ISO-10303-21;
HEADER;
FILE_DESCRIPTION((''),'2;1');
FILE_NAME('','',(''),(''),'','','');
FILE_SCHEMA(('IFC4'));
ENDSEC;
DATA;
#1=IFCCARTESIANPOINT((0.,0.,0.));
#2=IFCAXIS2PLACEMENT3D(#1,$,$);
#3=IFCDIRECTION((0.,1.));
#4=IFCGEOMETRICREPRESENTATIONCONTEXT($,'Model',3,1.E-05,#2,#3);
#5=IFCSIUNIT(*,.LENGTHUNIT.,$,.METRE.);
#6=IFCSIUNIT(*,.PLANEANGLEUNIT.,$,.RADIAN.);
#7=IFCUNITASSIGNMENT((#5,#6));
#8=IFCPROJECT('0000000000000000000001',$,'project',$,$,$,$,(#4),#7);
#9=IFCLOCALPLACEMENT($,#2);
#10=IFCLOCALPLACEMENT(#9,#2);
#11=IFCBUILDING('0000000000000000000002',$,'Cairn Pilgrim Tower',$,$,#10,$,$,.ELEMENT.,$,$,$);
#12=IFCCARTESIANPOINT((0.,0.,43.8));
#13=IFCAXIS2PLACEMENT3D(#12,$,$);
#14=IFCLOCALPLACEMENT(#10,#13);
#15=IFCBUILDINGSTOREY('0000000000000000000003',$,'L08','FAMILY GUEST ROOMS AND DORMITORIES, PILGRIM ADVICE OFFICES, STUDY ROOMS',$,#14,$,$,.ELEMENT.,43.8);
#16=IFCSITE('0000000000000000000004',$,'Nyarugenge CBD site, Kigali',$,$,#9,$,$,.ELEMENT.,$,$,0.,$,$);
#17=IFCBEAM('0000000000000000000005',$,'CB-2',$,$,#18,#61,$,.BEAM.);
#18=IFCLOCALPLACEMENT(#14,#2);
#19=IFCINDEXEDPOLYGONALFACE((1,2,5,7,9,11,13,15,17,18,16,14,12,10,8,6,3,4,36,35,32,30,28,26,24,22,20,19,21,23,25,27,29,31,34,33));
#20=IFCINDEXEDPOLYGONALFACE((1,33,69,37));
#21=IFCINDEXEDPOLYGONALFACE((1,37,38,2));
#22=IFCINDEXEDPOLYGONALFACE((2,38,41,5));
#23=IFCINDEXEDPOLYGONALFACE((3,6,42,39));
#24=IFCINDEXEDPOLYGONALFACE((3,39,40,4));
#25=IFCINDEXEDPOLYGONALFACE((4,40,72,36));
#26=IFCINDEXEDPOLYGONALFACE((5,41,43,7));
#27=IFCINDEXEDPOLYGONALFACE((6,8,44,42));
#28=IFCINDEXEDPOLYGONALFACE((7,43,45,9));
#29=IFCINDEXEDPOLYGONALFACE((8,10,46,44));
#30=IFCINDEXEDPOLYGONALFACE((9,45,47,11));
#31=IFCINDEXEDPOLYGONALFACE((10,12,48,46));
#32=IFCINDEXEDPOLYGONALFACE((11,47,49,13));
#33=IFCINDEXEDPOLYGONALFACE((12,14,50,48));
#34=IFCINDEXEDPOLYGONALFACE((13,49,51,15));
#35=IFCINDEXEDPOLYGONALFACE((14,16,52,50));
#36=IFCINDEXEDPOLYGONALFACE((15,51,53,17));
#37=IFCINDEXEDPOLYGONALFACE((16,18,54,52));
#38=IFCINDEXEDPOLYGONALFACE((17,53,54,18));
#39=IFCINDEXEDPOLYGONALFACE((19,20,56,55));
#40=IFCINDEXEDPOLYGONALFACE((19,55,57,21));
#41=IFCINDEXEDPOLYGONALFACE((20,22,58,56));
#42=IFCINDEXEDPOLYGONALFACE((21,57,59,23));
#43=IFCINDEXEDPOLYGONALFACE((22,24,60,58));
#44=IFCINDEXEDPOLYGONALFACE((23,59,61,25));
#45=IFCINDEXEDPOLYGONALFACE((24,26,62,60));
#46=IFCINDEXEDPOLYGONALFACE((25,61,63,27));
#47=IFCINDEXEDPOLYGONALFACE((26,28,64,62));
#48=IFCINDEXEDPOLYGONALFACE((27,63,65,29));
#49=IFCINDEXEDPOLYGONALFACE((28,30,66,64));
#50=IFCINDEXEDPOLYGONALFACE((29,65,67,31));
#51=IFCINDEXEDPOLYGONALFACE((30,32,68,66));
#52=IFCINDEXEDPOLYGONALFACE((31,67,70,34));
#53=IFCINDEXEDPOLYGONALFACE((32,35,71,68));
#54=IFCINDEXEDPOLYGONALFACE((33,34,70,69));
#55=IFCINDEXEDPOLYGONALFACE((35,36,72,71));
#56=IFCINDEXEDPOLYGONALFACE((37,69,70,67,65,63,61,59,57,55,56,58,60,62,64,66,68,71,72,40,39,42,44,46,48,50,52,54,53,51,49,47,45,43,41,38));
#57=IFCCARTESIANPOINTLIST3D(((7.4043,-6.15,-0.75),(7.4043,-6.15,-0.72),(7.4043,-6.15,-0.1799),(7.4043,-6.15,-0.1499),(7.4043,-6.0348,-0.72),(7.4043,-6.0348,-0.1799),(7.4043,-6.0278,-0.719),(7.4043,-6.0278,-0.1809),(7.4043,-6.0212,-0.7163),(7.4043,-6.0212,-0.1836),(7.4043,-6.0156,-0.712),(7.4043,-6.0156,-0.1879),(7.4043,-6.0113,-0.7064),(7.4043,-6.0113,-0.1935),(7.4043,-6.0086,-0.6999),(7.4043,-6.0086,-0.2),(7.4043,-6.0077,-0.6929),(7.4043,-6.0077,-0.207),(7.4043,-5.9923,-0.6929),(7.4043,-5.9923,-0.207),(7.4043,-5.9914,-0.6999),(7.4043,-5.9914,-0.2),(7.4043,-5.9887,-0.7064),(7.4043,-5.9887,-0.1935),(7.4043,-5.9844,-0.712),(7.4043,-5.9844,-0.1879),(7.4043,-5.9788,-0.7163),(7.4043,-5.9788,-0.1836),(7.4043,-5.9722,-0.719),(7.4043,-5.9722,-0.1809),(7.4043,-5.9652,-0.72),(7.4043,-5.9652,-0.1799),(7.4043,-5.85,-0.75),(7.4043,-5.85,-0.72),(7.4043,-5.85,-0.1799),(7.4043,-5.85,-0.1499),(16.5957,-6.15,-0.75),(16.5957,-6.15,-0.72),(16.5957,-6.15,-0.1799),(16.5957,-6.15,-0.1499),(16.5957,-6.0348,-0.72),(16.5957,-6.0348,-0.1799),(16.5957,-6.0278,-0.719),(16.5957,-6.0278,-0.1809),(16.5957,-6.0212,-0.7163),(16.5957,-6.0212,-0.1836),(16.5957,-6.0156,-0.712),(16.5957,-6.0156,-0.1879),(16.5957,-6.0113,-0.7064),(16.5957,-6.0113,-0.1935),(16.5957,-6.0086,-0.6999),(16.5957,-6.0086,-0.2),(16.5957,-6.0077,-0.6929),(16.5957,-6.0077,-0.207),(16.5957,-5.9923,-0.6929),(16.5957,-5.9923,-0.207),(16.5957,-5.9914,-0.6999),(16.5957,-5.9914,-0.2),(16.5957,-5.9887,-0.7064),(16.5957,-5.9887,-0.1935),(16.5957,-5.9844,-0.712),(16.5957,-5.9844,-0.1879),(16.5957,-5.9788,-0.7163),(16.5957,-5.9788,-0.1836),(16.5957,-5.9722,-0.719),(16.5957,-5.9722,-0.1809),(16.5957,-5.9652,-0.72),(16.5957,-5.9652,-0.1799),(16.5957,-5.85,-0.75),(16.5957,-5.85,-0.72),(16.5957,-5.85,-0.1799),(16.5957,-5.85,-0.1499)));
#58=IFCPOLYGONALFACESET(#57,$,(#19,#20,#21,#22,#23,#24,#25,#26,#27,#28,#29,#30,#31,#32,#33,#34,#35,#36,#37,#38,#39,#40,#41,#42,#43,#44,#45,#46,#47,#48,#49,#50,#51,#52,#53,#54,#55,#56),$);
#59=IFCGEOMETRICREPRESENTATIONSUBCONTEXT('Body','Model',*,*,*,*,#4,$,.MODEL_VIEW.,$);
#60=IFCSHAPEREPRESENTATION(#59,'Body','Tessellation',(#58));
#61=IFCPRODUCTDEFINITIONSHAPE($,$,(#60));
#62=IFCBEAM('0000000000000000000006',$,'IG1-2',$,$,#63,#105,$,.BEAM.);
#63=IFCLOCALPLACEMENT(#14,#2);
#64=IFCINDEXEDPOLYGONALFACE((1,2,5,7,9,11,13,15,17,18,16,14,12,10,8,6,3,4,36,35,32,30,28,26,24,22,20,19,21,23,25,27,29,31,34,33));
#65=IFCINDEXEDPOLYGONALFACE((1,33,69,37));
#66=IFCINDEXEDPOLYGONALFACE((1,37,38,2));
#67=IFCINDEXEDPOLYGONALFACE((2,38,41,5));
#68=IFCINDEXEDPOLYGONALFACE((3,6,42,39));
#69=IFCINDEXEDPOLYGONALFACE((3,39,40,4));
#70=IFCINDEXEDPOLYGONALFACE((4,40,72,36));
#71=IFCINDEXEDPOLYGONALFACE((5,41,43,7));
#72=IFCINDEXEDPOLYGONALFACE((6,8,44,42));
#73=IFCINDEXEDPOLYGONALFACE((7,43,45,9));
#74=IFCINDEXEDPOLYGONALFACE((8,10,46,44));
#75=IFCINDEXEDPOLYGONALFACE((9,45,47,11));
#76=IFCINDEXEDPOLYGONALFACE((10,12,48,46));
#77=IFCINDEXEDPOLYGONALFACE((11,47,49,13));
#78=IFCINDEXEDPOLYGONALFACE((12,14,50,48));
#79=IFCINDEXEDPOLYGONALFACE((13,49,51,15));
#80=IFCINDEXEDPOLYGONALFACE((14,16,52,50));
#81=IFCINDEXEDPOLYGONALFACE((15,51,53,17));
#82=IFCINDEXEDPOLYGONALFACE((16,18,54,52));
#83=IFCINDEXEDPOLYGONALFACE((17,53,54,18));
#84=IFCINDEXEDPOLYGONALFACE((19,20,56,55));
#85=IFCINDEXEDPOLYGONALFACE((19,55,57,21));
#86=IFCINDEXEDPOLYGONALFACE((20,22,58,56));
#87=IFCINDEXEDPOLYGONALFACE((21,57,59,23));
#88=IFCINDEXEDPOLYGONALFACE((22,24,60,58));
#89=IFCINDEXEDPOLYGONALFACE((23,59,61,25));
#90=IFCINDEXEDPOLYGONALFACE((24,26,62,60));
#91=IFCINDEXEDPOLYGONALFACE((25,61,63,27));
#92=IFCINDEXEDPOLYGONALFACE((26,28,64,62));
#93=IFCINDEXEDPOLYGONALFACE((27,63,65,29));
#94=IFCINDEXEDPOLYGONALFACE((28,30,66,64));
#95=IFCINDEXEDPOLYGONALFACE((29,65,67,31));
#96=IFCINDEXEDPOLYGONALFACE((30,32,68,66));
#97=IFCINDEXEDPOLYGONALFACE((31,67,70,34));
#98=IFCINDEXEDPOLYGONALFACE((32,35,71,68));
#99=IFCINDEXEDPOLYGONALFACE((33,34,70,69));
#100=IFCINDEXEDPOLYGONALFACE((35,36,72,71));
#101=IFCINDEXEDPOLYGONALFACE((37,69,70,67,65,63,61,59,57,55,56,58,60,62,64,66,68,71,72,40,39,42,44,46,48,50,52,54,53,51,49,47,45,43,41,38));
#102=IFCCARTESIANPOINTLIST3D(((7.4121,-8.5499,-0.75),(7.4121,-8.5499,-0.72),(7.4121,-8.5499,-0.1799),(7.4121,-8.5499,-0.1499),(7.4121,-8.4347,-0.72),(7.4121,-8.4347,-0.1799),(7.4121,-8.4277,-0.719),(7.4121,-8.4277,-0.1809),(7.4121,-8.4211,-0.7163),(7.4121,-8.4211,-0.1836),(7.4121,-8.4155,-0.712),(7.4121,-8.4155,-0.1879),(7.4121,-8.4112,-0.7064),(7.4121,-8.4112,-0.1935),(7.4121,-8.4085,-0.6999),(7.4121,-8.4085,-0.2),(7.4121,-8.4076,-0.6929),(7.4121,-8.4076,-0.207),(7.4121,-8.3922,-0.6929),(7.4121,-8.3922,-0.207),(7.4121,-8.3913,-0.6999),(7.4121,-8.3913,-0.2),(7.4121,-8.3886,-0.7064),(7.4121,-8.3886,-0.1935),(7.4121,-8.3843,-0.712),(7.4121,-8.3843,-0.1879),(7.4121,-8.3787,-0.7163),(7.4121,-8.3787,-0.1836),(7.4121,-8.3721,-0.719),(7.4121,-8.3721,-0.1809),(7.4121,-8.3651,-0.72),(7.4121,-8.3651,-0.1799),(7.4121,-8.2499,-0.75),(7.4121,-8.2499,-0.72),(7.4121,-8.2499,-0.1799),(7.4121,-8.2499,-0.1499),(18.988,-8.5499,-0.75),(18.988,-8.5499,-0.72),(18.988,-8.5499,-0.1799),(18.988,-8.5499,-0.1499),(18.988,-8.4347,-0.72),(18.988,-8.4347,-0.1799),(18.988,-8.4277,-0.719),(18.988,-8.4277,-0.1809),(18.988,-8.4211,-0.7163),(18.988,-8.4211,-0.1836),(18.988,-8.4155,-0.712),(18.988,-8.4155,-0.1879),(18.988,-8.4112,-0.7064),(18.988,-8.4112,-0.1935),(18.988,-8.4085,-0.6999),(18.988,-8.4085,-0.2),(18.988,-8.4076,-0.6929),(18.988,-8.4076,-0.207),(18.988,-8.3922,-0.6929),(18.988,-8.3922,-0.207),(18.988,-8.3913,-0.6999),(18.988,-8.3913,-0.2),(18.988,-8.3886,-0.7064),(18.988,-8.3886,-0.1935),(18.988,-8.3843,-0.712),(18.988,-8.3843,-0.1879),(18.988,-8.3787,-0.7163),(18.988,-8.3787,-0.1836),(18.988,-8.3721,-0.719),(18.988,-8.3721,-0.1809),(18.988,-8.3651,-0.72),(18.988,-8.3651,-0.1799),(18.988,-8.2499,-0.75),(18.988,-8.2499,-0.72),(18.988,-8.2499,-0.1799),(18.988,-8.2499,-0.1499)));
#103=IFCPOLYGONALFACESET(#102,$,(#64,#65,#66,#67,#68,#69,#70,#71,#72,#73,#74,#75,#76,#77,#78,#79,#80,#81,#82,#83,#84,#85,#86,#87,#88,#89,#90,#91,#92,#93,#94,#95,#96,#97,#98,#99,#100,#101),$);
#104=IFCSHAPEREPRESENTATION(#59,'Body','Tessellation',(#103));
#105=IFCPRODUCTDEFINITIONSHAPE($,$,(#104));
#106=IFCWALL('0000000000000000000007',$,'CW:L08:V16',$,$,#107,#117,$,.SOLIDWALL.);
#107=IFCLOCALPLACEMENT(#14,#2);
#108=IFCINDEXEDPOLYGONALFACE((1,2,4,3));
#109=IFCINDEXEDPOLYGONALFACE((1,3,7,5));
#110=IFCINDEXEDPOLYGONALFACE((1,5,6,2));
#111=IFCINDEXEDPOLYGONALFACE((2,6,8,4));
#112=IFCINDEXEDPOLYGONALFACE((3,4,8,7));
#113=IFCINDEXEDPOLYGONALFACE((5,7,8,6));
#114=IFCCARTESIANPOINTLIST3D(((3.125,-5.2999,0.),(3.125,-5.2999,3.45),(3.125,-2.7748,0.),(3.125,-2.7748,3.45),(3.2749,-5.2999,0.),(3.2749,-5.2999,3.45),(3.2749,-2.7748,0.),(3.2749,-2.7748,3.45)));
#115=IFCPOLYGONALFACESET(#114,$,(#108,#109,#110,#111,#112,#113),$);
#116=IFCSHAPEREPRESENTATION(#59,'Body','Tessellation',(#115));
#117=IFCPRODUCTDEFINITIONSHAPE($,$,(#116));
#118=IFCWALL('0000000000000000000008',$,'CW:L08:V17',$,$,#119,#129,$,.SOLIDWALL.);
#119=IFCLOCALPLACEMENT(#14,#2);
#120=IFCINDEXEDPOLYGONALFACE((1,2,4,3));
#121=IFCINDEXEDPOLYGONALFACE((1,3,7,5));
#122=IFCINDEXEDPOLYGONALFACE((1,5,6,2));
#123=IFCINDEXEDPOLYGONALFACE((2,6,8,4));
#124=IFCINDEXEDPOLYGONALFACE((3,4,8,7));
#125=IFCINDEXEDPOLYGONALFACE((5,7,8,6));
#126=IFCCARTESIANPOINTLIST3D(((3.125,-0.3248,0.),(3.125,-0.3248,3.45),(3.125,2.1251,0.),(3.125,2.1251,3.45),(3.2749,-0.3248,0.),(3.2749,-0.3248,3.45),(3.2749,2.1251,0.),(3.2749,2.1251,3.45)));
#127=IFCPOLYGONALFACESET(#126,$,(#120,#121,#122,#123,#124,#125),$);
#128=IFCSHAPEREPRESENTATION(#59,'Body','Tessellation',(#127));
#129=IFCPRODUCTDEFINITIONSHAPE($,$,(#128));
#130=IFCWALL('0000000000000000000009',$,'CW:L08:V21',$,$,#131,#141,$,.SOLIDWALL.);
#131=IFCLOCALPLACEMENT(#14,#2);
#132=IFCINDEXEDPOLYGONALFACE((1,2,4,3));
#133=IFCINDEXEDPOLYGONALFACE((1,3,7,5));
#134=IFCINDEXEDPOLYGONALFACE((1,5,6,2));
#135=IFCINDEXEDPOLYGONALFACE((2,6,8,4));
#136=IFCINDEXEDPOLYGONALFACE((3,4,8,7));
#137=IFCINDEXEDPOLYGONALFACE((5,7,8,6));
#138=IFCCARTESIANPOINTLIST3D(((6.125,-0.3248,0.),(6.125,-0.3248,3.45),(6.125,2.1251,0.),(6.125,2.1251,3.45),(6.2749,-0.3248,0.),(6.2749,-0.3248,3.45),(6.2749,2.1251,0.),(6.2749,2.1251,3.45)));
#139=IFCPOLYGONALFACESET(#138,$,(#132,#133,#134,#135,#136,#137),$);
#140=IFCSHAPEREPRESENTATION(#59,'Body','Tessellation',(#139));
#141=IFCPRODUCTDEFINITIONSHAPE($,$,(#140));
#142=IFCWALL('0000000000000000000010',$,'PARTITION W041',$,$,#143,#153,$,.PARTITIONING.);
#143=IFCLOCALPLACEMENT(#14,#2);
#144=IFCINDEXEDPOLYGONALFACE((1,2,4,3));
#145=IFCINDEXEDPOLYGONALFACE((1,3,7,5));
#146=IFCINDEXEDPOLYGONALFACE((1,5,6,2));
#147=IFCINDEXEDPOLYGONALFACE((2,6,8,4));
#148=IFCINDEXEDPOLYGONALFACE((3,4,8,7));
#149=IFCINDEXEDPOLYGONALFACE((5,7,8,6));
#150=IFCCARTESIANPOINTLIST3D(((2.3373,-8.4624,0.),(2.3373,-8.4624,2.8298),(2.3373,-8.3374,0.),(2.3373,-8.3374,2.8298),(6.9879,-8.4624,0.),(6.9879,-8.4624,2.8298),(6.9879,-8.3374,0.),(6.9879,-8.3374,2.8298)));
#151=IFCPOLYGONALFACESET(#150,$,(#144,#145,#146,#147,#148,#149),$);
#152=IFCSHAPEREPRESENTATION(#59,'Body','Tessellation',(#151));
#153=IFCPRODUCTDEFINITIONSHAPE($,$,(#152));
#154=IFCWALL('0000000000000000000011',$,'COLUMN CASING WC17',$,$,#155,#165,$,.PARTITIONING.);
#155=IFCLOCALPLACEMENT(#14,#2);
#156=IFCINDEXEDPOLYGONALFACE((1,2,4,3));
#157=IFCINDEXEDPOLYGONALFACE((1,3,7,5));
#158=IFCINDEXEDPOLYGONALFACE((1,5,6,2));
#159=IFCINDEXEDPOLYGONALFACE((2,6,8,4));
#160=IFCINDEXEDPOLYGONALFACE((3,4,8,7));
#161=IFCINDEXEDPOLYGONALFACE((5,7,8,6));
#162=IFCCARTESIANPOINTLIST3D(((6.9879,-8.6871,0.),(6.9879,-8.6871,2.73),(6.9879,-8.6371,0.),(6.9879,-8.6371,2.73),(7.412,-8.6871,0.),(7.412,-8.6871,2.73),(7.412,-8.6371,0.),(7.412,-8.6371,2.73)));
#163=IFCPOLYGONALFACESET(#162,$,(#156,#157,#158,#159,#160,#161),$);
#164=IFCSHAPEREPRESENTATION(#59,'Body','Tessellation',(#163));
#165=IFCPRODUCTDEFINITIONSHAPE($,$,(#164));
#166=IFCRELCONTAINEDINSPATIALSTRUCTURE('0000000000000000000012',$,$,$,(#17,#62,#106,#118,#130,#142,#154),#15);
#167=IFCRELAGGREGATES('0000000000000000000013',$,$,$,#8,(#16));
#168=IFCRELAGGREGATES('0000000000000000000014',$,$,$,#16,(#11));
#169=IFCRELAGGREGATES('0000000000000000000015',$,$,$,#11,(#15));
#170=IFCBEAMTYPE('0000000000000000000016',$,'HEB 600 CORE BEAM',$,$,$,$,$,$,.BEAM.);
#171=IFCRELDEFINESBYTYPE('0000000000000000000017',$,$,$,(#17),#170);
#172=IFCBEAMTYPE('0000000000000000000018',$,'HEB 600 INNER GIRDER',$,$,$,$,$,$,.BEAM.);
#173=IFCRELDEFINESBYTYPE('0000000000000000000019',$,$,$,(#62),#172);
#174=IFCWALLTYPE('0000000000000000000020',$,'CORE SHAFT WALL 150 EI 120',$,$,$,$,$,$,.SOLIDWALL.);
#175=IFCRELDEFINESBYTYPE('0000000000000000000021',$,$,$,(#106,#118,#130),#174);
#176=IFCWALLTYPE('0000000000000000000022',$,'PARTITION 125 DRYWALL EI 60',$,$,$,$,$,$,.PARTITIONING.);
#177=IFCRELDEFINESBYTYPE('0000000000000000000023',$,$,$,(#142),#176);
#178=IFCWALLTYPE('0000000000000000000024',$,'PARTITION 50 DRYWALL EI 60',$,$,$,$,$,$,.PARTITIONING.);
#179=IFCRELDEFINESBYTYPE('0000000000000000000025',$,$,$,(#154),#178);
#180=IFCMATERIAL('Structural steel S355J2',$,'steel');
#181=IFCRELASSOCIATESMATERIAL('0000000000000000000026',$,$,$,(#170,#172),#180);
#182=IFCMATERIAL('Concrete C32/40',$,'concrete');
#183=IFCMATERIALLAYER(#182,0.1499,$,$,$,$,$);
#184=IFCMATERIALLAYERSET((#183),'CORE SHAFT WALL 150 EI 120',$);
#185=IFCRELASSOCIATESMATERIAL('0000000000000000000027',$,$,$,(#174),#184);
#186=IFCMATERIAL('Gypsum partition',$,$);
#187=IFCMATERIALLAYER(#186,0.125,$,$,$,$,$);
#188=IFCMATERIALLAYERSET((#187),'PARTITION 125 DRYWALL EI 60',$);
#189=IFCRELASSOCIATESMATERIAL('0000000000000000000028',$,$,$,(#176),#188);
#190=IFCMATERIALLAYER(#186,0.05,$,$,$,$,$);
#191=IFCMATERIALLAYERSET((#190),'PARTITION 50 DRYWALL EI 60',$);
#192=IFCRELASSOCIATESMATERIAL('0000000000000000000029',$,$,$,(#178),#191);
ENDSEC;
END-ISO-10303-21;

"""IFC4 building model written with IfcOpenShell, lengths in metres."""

from ifc_helpers import new_model, si_unit, direction, frame, frame_2d, origin, origin_2d, place, context, subcontext, project, spatial, rectangle, i_section, extrude, material, layer, layer_set, material_profile, profile_set, type_object, element, save


model = new_model("IFC4")

# Units and contexts
model_context = context("Model", 3, precision=1e-05, world=origin(), true_north=direction((0.0, 1.0)))
body_context = subcontext(model_context, "Body", "Model", "MODEL_VIEW")
ifc_project = project(units=[si_unit("LENGTHUNIT", "METRE"), si_unit("PLANEANGLEUNIT", "RADIAN")], contexts=[model_context])

# Site, building, storey
site_placement = place(None, origin())
site = spatial("IfcSite", under=ifc_project, at=site_placement, Name="Nyarugenge CBD site, Kigali", CompositionType="ELEMENT", RefElevation=0.0)
building_placement = place(site_placement, origin())
building = spatial("IfcBuilding", under=site, at=building_placement, Name="Cairn Pilgrim Tower", CompositionType="ELEMENT")
storey_placement = place(building_placement, frame((0.0, 0.0, 43.8)))
storey = spatial("IfcBuildingStorey", under=building, at=storey_placement, Name="L08", Description="FAMILY GUEST ROOMS AND DORMITORIES, PILGRIM ADVICE OFFICES, STUDY ROOMS", CompositionType="ELEMENT", Elevation=43.8)

# Beams
ifc_material_1 = material(Name="Structural steel S355J2", Category="steel")
ifc_material_profile_1 = material_profile(ifc_material_1, i_section(OverallWidth=0.3, OverallDepth=0.6001, WebThickness=0.0154, FlangeThickness=0.03, FilletRadius=0.0271, at=origin_2d()), Name="HEB 600")
ifc_profile_set_1 = profile_set([ifc_material_profile_1], Name="Structural steel S355J2")
beam_type_1 = type_object("IfcBeamType", Name="HEB 600 CORE BEAM", PredefinedType="BEAM", material=ifc_profile_set_1)
beam_1_placement = place(storey_placement, frame((7.4043, -6.0, -0.45), z_axis=(1.0, 0.0, 0.0), x_axis=(0.0, 1.0, 0.0)))
element("IfcBeam", 1, at=beam_1_placement, inside=storey, type_object=beam_type_1, Name="CB-2", PredefinedType="BEAM", context=body_context, shape_type="SweptSolid", body=[
    extrude(i_section(OverallWidth=0.3, OverallDepth=0.6001, WebThickness=0.0154, FlangeThickness=0.03, FilletRadius=0.0271, at=origin_2d()), origin(), (0.0, 0.0, 1.0), 9.1914),
])
ifc_material_profile_2 = material_profile(ifc_material_1, i_section(OverallWidth=0.3, OverallDepth=0.6001, WebThickness=0.0154, FlangeThickness=0.03, FilletRadius=0.0271, at=origin_2d()), Name="HEB 600")
ifc_profile_set_2 = profile_set([ifc_material_profile_2], Name="Structural steel S355J2")
beam_type_2 = type_object("IfcBeamType", Name="HEB 600 INNER GIRDER", PredefinedType="BEAM", material=ifc_profile_set_2)
beam_2_placement = place(storey_placement, frame((7.4121, -8.3999, -0.45), z_axis=(1.0, 0.0, 0.0), x_axis=(0.0, 1.0, 0.0)))
element("IfcBeam", 2, at=beam_2_placement, inside=storey, type_object=beam_type_2, Name="IG1-2", PredefinedType="BEAM", context=body_context, shape_type="SweptSolid", body=[
    extrude(i_section(OverallWidth=0.3, OverallDepth=0.6001, WebThickness=0.0154, FlangeThickness=0.03, FilletRadius=0.0271, at=origin_2d()), origin(), (0.0, 0.0, 1.0), 11.5759),
])

# Walls
ifc_material_2 = material(Name="Concrete C32/40", Category="concrete")
ifc_layer_1 = layer(ifc_material_2, 0.1499)
ifc_layer_set_1 = layer_set([ifc_layer_1], Name="CORE SHAFT WALL 150 EI 120")
wall_type_1 = type_object("IfcWallType", Name="CORE SHAFT WALL 150 EI 120", PredefinedType="SOLIDWALL", material=ifc_layer_set_1)
wall_1_placement = place(storey_placement, frame((3.2, -5.3, 0.0), z_axis=(0.0, 0.0, 1.0), x_axis=(0.0, 1.0, 0.0)))
element("IfcWall", 3, at=wall_1_placement, inside=storey, type_object=wall_type_1, Name="CW:L08:V16", PredefinedType="SOLIDWALL", context=body_context, shape_type="SweptSolid", body=[
    extrude(rectangle(XDim=2.5251, YDim=0.1499, at=frame_2d((1.2627, 0.0))), origin(), (0.0, 0.0, 1.0), 3.45),
])
for number, where, z_axis, x_axis, name in (
    (4, (3.2, -0.325, 0.0), (0.0, 0.0, 1.0), (0.0, 1.0, 0.0), "CW:L08:V17"),
    (5, (6.2, -0.325, 0.0), (0.0, 0.0, 1.0), (0.0, 1.0, 0.0), "CW:L08:V21"),
):
    element("IfcWall", number, at=place(storey_placement, frame(where, z_axis=z_axis, x_axis=x_axis)), inside=storey, type_object=wall_type_1, Name=name, PredefinedType="SOLIDWALL", context=body_context, shape_type="SweptSolid", body=[
        extrude(rectangle(XDim=2.45, YDim=0.1499, at=frame_2d((1.2251, 0.0))), origin(), (0.0, 0.0, 1.0), 3.45),
    ])
ifc_material_3 = material(Name="Gypsum partition")
ifc_layer_2 = layer(ifc_material_3, 0.125)
ifc_layer_set_2 = layer_set([ifc_layer_2], Name="PARTITION 125 DRYWALL EI 60")
wall_type_2 = type_object("IfcWallType", Name="PARTITION 125 DRYWALL EI 60", PredefinedType="PARTITIONING", material=ifc_layer_set_2)
wall_2_placement = place(storey_placement, frame((2.3374, -8.3999, 0.0), z_axis=(0.0, 0.0, 1.0), x_axis=(1.0, 0.0, 0.0)))
element("IfcWall", 6, at=wall_2_placement, inside=storey, type_object=wall_type_2, Name="PARTITION W041", PredefinedType="PARTITIONING", context=body_context, shape_type="SweptSolid", body=[
    extrude(rectangle(XDim=4.6506, YDim=0.125, at=frame_2d((2.3252, 0.0))), origin(), (0.0, 0.0, 1.0), 2.8298),
])
ifc_layer_3 = layer(ifc_material_3, 0.05)
ifc_layer_set_3 = layer_set([ifc_layer_3], Name="PARTITION 50 DRYWALL EI 60")
wall_type_3 = type_object("IfcWallType", Name="PARTITION 50 DRYWALL EI 60", PredefinedType="PARTITIONING", material=ifc_layer_set_3)
wall_3_placement = place(storey_placement, frame((6.988, -8.6621, 0.0), z_axis=(0.0, 0.0, 1.0), x_axis=(1.0, 0.0, 0.0)))
element("IfcWall", 7, at=wall_3_placement, inside=storey, type_object=wall_type_3, Name="COLUMN CASING WC17", PredefinedType="PARTITIONING", context=body_context, shape_type="SweptSolid", body=[
    extrude(rectangle(XDim=0.4241, YDim=0.05, at=frame_2d((0.2119, 0.0))), origin(), (0.0, 0.0, 1.0), 2.73),
])

save(model, "model.ifc")
